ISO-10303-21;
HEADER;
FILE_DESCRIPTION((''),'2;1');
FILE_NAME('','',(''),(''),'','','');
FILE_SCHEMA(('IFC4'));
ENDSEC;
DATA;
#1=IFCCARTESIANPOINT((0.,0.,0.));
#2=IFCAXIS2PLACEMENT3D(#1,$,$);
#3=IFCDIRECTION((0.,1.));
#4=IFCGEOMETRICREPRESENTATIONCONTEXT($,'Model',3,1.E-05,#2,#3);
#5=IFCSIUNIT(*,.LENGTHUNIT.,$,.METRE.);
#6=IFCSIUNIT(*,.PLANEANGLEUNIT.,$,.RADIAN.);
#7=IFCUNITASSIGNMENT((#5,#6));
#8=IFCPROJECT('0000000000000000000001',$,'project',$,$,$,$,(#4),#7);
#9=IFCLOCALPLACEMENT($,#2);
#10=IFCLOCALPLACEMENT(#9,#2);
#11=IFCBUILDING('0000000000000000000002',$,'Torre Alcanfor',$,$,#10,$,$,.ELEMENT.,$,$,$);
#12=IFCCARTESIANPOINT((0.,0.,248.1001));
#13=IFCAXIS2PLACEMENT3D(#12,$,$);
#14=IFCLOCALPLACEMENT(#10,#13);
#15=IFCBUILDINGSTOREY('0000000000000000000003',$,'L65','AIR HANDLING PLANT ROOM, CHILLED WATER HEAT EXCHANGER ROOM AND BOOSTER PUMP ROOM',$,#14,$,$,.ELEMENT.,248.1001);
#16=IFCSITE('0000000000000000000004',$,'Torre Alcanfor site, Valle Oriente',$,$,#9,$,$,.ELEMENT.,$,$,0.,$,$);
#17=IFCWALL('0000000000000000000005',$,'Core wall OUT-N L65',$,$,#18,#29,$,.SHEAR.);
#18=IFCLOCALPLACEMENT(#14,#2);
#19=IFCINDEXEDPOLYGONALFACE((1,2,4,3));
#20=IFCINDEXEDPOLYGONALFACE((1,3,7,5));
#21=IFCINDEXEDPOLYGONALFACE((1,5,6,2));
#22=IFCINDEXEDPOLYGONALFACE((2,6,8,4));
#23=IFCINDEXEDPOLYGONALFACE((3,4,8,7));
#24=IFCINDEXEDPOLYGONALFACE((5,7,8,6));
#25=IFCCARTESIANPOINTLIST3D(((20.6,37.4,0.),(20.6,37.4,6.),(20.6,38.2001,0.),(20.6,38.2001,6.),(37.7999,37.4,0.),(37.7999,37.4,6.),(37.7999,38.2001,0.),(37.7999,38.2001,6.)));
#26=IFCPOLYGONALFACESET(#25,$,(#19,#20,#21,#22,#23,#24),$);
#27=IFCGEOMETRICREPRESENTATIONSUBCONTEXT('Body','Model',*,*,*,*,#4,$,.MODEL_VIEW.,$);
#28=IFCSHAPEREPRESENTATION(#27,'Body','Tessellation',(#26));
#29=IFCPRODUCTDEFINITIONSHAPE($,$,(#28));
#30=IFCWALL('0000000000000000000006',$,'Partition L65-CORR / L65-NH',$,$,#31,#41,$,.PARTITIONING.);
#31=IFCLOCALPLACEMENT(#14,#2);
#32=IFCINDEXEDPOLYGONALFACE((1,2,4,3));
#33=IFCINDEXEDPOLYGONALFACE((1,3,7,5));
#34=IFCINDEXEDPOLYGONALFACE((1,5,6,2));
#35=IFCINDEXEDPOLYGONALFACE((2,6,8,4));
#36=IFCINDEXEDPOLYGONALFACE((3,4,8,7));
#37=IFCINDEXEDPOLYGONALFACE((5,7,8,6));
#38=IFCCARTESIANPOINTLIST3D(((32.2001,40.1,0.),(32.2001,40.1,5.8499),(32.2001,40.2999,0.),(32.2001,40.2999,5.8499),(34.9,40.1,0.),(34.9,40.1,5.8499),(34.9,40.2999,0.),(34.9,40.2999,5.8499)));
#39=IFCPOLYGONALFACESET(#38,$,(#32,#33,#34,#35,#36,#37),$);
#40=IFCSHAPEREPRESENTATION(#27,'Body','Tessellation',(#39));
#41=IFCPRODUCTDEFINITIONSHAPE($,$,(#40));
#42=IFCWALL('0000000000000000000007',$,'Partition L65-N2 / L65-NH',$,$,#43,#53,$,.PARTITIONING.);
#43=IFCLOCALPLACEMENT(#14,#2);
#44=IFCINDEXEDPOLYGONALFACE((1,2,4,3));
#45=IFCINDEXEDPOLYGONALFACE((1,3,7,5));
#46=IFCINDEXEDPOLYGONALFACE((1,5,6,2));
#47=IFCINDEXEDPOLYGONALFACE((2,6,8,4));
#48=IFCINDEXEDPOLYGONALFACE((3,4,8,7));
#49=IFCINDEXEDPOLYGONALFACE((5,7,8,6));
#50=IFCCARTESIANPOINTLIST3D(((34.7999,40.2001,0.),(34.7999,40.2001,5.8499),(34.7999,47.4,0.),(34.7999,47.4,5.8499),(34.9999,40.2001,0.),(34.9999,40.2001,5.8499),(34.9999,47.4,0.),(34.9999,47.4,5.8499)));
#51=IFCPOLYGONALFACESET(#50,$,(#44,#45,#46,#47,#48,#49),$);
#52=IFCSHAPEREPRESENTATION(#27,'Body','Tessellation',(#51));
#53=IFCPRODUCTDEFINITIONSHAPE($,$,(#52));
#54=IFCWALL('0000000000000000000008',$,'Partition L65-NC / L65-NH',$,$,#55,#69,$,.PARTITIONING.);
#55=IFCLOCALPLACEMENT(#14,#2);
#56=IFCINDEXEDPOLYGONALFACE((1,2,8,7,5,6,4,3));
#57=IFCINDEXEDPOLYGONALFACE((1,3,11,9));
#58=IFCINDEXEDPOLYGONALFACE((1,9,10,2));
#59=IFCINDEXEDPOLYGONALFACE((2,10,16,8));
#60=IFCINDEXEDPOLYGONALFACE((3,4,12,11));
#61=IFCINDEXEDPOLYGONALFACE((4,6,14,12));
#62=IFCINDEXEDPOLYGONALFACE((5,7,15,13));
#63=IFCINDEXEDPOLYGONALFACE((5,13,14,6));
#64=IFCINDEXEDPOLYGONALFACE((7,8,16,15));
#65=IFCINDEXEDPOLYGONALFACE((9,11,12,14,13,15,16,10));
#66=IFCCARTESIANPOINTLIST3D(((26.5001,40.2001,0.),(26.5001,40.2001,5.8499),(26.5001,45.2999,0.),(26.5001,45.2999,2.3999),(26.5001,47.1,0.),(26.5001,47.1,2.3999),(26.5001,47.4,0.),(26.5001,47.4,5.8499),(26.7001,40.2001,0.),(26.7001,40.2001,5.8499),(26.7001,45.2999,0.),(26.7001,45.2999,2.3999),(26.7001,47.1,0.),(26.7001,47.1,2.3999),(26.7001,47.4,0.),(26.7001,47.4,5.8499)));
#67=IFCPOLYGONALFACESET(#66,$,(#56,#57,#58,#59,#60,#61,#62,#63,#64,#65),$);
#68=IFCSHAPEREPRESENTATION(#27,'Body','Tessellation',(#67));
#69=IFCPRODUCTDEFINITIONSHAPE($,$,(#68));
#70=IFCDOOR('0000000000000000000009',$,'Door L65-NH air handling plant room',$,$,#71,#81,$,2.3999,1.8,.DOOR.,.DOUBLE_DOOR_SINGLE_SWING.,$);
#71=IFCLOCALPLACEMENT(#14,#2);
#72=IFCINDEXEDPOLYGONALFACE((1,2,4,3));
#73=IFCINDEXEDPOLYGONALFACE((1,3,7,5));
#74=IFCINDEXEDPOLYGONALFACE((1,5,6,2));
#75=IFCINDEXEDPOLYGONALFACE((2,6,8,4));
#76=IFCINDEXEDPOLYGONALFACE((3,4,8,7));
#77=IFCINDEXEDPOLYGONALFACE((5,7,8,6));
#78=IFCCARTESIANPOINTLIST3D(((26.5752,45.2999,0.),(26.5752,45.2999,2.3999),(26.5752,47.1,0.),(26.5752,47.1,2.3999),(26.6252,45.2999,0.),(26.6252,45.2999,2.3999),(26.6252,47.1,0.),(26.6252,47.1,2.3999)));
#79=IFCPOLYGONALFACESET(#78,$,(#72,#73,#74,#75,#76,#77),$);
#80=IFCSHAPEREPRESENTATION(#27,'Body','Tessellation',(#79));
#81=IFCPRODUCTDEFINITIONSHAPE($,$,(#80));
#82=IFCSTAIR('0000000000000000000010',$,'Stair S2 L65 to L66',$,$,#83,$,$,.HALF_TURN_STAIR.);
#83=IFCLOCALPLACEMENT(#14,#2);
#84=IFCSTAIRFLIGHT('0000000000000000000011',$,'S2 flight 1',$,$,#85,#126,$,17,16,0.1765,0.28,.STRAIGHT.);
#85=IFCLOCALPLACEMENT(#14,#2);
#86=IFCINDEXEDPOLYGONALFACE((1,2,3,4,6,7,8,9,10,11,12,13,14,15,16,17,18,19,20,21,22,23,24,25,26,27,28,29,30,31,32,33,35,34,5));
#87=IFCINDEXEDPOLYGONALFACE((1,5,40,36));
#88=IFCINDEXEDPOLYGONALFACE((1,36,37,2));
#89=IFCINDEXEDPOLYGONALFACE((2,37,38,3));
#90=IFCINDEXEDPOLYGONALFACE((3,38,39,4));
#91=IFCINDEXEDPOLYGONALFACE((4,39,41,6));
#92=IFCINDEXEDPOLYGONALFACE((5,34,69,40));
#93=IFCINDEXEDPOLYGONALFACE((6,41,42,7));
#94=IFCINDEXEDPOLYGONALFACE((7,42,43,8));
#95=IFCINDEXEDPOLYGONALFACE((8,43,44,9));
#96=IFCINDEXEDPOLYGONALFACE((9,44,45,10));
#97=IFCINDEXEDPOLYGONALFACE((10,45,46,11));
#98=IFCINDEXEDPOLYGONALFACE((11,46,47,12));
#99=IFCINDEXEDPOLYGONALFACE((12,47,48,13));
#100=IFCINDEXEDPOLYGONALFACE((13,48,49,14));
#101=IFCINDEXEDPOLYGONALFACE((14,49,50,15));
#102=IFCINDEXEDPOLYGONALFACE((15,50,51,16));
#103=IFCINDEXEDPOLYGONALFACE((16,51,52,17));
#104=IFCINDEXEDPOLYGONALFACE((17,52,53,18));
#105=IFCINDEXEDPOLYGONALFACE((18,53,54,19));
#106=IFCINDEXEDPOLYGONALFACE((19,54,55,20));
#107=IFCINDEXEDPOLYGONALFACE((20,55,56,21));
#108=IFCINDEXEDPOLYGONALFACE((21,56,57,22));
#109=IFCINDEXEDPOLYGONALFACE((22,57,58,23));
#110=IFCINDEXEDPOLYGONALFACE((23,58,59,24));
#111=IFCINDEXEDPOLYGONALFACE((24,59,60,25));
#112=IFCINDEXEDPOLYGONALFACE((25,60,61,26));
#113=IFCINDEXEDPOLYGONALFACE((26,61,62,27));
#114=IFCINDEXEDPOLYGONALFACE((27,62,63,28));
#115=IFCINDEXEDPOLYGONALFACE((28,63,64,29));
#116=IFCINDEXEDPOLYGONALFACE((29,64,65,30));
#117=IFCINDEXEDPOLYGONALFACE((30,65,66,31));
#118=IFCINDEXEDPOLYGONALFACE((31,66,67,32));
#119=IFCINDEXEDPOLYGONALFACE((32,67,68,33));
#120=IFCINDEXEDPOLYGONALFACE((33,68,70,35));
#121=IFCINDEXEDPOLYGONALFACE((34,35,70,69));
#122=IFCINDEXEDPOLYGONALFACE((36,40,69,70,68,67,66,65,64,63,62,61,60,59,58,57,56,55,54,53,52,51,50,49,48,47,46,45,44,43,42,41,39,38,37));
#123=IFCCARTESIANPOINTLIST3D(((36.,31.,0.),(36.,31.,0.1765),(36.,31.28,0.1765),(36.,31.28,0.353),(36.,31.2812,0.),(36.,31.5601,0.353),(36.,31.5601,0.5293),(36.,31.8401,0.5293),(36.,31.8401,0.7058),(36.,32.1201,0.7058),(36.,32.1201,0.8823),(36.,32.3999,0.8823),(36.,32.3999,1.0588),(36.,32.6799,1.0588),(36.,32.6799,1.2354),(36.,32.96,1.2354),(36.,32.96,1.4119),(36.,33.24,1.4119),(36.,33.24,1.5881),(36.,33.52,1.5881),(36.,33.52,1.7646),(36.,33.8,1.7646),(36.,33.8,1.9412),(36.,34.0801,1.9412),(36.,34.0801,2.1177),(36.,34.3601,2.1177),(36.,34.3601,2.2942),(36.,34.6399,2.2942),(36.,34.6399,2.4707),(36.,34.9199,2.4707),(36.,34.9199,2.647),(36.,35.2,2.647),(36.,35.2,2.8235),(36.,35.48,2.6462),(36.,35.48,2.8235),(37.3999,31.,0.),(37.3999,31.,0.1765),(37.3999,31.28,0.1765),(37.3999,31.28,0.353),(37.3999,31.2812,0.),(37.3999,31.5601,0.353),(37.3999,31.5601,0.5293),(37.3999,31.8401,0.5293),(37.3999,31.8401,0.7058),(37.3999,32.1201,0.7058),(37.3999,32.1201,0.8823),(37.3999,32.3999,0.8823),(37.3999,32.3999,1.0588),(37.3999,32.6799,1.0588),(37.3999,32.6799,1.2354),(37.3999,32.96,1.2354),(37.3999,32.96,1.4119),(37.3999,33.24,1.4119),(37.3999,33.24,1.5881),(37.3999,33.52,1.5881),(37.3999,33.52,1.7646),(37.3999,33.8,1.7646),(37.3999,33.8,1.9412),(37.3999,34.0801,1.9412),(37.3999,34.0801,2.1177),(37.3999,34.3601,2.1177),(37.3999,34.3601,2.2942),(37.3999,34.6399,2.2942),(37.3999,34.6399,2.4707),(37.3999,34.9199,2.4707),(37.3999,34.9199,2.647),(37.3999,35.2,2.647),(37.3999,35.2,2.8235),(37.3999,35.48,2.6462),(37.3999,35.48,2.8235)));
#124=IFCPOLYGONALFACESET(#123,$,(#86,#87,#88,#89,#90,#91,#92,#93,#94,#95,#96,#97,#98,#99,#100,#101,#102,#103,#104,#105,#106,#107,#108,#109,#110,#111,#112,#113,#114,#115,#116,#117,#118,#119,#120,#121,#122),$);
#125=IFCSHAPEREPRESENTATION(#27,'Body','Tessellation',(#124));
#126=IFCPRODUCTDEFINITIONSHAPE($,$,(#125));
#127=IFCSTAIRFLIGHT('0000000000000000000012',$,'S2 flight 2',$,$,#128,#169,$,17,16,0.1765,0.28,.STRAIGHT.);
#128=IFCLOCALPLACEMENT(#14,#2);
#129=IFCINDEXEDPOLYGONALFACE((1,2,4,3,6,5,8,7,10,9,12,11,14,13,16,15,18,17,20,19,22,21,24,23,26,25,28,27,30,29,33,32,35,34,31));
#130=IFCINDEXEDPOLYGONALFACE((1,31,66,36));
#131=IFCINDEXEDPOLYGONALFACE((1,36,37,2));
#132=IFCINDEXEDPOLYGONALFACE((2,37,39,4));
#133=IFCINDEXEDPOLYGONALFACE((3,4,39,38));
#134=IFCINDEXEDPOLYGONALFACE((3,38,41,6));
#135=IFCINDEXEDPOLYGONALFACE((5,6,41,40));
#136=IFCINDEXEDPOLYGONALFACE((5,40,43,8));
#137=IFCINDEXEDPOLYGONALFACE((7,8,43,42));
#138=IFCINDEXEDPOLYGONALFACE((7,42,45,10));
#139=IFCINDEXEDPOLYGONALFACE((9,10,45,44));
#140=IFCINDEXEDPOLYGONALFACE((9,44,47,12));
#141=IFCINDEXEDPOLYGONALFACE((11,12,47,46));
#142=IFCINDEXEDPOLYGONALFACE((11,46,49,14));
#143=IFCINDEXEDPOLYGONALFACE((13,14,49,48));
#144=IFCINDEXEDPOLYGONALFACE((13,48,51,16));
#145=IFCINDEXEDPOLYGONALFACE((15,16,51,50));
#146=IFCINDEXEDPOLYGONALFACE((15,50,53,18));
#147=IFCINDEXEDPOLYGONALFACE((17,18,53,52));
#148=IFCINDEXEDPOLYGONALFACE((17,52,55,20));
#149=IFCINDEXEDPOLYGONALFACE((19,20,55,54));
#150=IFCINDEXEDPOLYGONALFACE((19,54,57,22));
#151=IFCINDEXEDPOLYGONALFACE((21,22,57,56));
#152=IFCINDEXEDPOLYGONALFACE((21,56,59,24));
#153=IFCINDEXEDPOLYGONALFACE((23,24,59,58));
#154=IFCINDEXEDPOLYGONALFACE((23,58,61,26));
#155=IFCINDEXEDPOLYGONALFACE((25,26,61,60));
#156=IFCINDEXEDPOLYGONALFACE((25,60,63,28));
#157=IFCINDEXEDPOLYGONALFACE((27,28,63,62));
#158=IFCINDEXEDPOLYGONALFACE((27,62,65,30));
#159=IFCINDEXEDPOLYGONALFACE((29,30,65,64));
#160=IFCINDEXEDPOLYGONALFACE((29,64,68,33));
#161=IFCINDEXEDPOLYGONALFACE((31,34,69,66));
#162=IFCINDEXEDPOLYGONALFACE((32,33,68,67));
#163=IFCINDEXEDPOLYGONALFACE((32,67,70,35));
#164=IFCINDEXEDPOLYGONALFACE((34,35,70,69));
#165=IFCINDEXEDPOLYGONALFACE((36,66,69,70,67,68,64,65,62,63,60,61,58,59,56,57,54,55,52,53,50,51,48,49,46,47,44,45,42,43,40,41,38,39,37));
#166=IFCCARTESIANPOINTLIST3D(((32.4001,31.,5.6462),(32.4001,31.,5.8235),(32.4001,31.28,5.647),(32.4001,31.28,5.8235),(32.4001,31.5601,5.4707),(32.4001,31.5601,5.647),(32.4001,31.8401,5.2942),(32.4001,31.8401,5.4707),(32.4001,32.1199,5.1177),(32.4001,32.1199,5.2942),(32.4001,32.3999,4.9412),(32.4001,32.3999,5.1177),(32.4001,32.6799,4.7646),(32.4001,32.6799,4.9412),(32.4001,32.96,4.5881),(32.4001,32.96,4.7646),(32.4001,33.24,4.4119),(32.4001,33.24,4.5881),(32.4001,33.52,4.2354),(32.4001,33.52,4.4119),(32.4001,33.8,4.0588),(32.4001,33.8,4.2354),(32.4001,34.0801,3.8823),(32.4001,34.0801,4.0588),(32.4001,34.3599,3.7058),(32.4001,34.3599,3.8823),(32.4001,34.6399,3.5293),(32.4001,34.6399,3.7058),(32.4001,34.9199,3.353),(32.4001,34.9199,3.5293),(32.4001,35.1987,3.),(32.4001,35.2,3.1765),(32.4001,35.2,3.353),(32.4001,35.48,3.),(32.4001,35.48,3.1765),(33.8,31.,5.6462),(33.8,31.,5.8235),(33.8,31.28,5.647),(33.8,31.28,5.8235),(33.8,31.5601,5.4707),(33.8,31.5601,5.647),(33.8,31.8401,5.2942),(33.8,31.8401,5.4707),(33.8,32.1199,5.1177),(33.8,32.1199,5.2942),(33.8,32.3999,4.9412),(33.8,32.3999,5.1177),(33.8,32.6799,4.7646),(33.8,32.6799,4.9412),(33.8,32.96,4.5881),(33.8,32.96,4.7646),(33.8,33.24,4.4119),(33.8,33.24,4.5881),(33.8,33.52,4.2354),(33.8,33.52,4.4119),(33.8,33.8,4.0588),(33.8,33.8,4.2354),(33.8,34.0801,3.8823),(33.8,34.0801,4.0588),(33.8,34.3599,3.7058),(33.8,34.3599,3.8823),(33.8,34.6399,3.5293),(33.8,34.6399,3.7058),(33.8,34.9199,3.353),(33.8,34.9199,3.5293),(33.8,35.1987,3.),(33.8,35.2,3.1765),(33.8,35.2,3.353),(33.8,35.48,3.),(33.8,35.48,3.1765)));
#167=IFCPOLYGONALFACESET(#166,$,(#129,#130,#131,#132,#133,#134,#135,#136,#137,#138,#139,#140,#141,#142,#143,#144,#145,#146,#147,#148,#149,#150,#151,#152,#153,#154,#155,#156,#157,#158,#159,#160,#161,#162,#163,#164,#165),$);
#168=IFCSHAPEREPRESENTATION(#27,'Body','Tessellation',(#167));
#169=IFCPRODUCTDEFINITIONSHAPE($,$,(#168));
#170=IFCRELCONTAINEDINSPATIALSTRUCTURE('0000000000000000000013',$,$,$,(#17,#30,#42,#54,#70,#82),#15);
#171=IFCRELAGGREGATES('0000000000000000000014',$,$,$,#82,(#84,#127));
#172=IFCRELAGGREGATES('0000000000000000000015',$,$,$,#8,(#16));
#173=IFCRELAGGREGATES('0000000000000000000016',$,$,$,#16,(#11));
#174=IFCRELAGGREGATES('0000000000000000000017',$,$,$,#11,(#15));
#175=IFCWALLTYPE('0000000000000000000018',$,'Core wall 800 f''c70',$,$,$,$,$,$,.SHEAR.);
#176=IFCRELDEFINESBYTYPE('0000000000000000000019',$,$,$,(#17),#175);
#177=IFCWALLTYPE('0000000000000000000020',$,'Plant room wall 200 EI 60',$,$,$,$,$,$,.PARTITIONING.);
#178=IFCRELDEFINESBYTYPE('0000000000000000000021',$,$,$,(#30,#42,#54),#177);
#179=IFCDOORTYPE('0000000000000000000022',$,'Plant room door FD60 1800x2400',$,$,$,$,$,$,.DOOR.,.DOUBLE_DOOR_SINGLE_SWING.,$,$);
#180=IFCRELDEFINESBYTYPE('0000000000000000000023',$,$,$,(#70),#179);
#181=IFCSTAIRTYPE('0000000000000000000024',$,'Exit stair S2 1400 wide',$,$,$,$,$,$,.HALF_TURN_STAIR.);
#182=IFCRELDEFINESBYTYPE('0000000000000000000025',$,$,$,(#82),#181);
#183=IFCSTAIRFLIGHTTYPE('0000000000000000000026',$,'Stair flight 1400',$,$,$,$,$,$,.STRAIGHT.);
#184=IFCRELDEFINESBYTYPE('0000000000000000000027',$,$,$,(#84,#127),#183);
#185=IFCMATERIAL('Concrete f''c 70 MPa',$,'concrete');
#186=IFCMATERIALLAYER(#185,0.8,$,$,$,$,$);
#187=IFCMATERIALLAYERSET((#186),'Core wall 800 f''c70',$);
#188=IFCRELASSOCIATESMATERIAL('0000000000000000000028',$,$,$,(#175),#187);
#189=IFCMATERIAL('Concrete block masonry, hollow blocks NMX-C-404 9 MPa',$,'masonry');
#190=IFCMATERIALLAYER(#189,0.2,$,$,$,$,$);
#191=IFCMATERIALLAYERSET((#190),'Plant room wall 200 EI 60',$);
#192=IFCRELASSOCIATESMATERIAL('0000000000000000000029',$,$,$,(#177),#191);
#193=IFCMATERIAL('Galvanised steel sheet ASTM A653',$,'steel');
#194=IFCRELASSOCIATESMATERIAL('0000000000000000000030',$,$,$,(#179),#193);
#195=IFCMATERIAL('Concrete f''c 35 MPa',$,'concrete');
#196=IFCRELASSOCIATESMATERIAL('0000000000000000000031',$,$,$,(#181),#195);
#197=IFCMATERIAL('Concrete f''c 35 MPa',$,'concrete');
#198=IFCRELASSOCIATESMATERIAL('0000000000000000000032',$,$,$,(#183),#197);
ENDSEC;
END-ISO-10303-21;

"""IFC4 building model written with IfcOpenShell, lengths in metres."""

from ifc_helpers import new_model, si_unit, direction, frame, frame_2d, origin, place, context, subcontext, project, spatial, polyline, rectangle, outline, extrude, material, layer, layer_set, type_object, element, fill, aggregate, save


model = new_model("IFC4")

# Units and contexts
model_context = context("Model", 3, precision=1e-05, world=origin(), true_north=direction((0.0, 1.0)))
body_context = subcontext(model_context, "Body", "Model", "MODEL_VIEW")
ifc_project = project(units=[si_unit("LENGTHUNIT", "METRE"), si_unit("PLANEANGLEUNIT", "RADIAN")], contexts=[model_context])

# Site, building, storey
site_placement = place(None, origin())
site = spatial("IfcSite", under=ifc_project, at=site_placement, Name="Torre Alcanfor site, Valle Oriente", CompositionType="ELEMENT", RefElevation=0.0)
building_placement = place(site_placement, origin())
building = spatial("IfcBuilding", under=site, at=building_placement, Name="Torre Alcanfor", CompositionType="ELEMENT")
storey_placement = place(building_placement, frame((0.0, 0.0, 248.1001)))
storey = spatial("IfcBuildingStorey", under=building, at=storey_placement, Name="L65", Description="AIR HANDLING PLANT ROOM, CHILLED WATER HEAT EXCHANGER ROOM AND BOOSTER PUMP ROOM", CompositionType="ELEMENT", Elevation=248.1001)

# Wall
ifc_material_1 = material(Name="Concrete f'c 70 MPa", Category="concrete")
ifc_layer_1 = layer(ifc_material_1, 0.8)
ifc_layer_set_1 = layer_set([ifc_layer_1], Name="Core wall 800 f'c70")
wall_type_1 = type_object("IfcWallType", Name="Core wall 800 f'c70", PredefinedType="SHEAR", material=ifc_layer_set_1)
wall_1_placement = place(storey_placement, frame((37.8, 37.8, 0.0), z_axis=(0.0, 0.0, 1.0), x_axis=(-1.0, 0.0, 0.0)))
element("IfcWall", 1, at=wall_1_placement, inside=storey, type_object=wall_type_1, Name="Core wall OUT-N L65", PredefinedType="SHEAR", context=body_context, shape_type="SweptSolid", body=[
    extrude(rectangle(XDim=17.2, YDim=0.8, at=frame_2d((8.6001, 0.0))), origin(), (0.0, 0.0, 1.0), 6.0),
])

# Shared definitions
ifc_material_2 = material(Name="Concrete block masonry, hollow blocks NMX-C-404 9 MPa", Category="masonry")
ifc_layer_2 = layer(ifc_material_2, 0.2)
ifc_layer_set_2 = layer_set([ifc_layer_2], Name="Plant room wall 200 EI 60")
wall_type_2 = type_object("IfcWallType", Name="Plant room wall 200 EI 60", PredefinedType="PARTITIONING", material=ifc_layer_set_2)
ifc_material_3 = material(Name="Galvanised steel sheet ASTM A653", Category="steel")
door_type = type_object("IfcDoorType", Name="Plant room door FD60 1800x2400", OperationType="DOUBLE_DOOR_SINGLE_SWING", PredefinedType="DOOR", material=ifc_material_3)

# Walls
wall_2_placement = place(storey_placement, frame((32.2, 40.2, 0.0), z_axis=(0.0, 0.0, 1.0), x_axis=(1.0, 0.0, 0.0)))
element("IfcWall", 2, at=wall_2_placement, inside=storey, type_object=wall_type_2, Name="Partition L65-CORR / L65-NH", PredefinedType="PARTITIONING", context=body_context, shape_type="SweptSolid", body=[
    extrude(rectangle(XDim=2.7, YDim=0.2, at=frame_2d((1.3501, 0.0))), origin(), (0.0, 0.0, 1.0), 5.8499),
])
wall_3_placement = place(storey_placement, frame((34.8999, 40.2, 0.0), z_axis=(0.0, 0.0, 1.0), x_axis=(0.0, 1.0, 0.0)))
element("IfcWall", 3, at=wall_3_placement, inside=storey, type_object=wall_type_2, Name="Partition L65-N2 / L65-NH", PredefinedType="PARTITIONING", context=body_context, shape_type="SweptSolid", body=[
    extrude(rectangle(XDim=7.2, YDim=0.2, at=frame_2d((3.6001, 0.0))), origin(), (0.0, 0.0, 1.0), 5.8499),
])

# Wall, opening, door
wall_4_placement = place(storey_placement, frame((26.6001, 40.2, 0.0), z_axis=(0.0, 0.0, 1.0), x_axis=(0.0, 1.0, 0.0)))
wall_4 = element("IfcWall", 4, at=wall_4_placement, inside=storey, type_object=wall_type_2, Name="Partition L65-NC / L65-NH", PredefinedType="PARTITIONING", context=body_context, shape_type="SweptSolid", body=[
    extrude(rectangle(XDim=7.2, YDim=0.2, at=frame_2d((3.6001, 0.0))), origin(), (0.0, 0.0, 1.0), 5.8499),
])
opening_1_placement = place(wall_4_placement, frame((5.1001, 0.0, 0.0)))
opening_1 = element("IfcOpeningElement", 5, at=opening_1_placement, cuts=wall_4, PredefinedType="OPENING", context=body_context, shape_type="SweptSolid", body=[
    extrude(rectangle(XDim=1.8, YDim=2.3999, at=frame_2d((0.8999, 1.2))), frame((0.0, 0.1099, 0.0), z_axis=(0.0, -1.0, 0.0), x_axis=(1.0, 0.0, 0.0)), (0.0, 0.0, 1.0), 0.22),
])
door_1_placement = place(opening_1_placement, origin())
door_1 = element("IfcDoor", 6, at=door_1_placement, inside=storey, type_object=door_type, Name="Door L65-NH air handling plant room", OperationType="DOUBLE_DOOR_SINGLE_SWING", OverallHeight=2.3999, OverallWidth=1.8, PredefinedType="DOOR", context=body_context, shape_type="SweptSolid", body=[
    extrude(rectangle(XDim=1.8, YDim=2.3999, at=frame_2d((0.8999, 1.2))), frame((0.0, 0.0249, 0.0), z_axis=(0.0, -1.0, 0.0), x_axis=(1.0, 0.0, 0.0)), (0.0, 0.0, 1.0), 0.05),
])
fill(opening_1, door_1)

# Stair, stair flights
ifc_material_4 = material(Name="Concrete f'c 35 MPa", Category="concrete")
stair_type = type_object("IfcStairType", Name="Exit stair S2 1400 wide", PredefinedType="HALF_TURN_STAIR", material=ifc_material_4)
stair_placement = place(storey_placement, origin())
stair = element("IfcStair", 7, at=stair_placement, inside=storey, type_object=stair_type, Name="Stair S2 L65 to L66", PredefinedType="HALF_TURN_STAIR")
ifc_material_5 = material(Name="Concrete f'c 35 MPa", Category="concrete")
stair_flight_type = type_object("IfcStairFlightType", Name="Stair flight 1400", PredefinedType="STRAIGHT", material=ifc_material_5)
stair_flight_1_placement = place(storey_placement, frame((36.7, 31.0, 0.0), z_axis=(0.0, 0.0, 1.0), x_axis=(0.0, 1.0, 0.0)))
stair_flight_1 = element("IfcStairFlight", 8, at=stair_flight_1_placement, type_object=stair_flight_type, Name="S2 flight 1", NumberOfRisers=17, NumberOfTreads=16, PredefinedType="STRAIGHT", RiserHeight=0.1765, TreadLength=0.28, context=body_context, shape_type="SweptSolid", body=[
    extrude(outline(polyline([(0.0, 0.0), (0.0, 0.1765), (0.28, 0.1765), (0.28, 0.353), (0.5601, 0.353), (0.5601, 0.5293), (0.8401, 0.5293), (0.8401, 0.7058), (1.1201, 0.7058), (1.1201, 0.8823), (1.3999, 0.8823), (1.3999, 1.0588), (1.6799, 1.0588), (1.6799, 1.2354), (1.96, 1.2354), (1.96, 1.4119), (2.24, 1.4119), (2.24, 1.5881), (2.52, 1.5881), (2.52, 1.7646), (2.8, 1.7646), (2.8, 1.9412), (3.0801, 1.9412), (3.0801, 2.1177), (3.3601, 2.1177), (3.3601, 2.2942), (3.6399, 2.2942), (3.6399, 2.4707), (3.9199, 2.4707), (3.9199, 2.647), (4.2, 2.647), (4.2, 2.8235), (4.48, 2.8235), (4.48, 3.0), (4.48, 2.6462), (0.2812, 0.0), (0.0, 0.0)])), frame((0.0, 0.7, 0.0), z_axis=(0.0, -1.0, 0.0), x_axis=(1.0, 0.0, 0.0)), (0.0, 0.0, 1.0), 1.3999),
])
stair_flight_2_placement = place(storey_placement, frame((33.1001, 35.48, 3.0), z_axis=(0.0, 0.0, 1.0), x_axis=(0.0, -1.0, 0.0)))
stair_flight_2 = element("IfcStairFlight", 9, at=stair_flight_2_placement, type_object=stair_flight_type, Name="S2 flight 2", NumberOfRisers=17, NumberOfTreads=16, PredefinedType="STRAIGHT", RiserHeight=0.1765, TreadLength=0.28, context=body_context, shape_type="SweptSolid", body=[
    extrude(outline(polyline([(0.0, 0.0), (0.0, 0.1765), (0.28, 0.1765), (0.28, 0.353), (0.5601, 0.353), (0.5601, 0.5293), (0.8401, 0.5293), (0.8401, 0.7058), (1.1201, 0.7058), (1.1201, 0.8823), (1.3999, 0.8823), (1.3999, 1.0588), (1.6799, 1.0588), (1.6799, 1.2354), (1.96, 1.2354), (1.96, 1.4119), (2.24, 1.4119), (2.24, 1.5881), (2.52, 1.5881), (2.52, 1.7646), (2.8, 1.7646), (2.8, 1.9412), (3.0801, 1.9412), (3.0801, 2.1177), (3.3601, 2.1177), (3.3601, 2.2942), (3.6399, 2.2942), (3.6399, 2.4707), (3.9199, 2.4707), (3.9199, 2.647), (4.2, 2.647), (4.2, 2.8235), (4.48, 2.8235), (4.48, 3.0), (4.48, 2.6462), (0.2812, 0.0), (0.0, 0.0)])), frame((0.0, 0.7, 0.0), z_axis=(0.0, -1.0, 0.0), x_axis=(1.0, 0.0, 0.0)), (0.0, 0.0, 1.0), 1.3999),
])
aggregate(stair, [stair_flight_1, stair_flight_2])

save(model, "model.ifc")
